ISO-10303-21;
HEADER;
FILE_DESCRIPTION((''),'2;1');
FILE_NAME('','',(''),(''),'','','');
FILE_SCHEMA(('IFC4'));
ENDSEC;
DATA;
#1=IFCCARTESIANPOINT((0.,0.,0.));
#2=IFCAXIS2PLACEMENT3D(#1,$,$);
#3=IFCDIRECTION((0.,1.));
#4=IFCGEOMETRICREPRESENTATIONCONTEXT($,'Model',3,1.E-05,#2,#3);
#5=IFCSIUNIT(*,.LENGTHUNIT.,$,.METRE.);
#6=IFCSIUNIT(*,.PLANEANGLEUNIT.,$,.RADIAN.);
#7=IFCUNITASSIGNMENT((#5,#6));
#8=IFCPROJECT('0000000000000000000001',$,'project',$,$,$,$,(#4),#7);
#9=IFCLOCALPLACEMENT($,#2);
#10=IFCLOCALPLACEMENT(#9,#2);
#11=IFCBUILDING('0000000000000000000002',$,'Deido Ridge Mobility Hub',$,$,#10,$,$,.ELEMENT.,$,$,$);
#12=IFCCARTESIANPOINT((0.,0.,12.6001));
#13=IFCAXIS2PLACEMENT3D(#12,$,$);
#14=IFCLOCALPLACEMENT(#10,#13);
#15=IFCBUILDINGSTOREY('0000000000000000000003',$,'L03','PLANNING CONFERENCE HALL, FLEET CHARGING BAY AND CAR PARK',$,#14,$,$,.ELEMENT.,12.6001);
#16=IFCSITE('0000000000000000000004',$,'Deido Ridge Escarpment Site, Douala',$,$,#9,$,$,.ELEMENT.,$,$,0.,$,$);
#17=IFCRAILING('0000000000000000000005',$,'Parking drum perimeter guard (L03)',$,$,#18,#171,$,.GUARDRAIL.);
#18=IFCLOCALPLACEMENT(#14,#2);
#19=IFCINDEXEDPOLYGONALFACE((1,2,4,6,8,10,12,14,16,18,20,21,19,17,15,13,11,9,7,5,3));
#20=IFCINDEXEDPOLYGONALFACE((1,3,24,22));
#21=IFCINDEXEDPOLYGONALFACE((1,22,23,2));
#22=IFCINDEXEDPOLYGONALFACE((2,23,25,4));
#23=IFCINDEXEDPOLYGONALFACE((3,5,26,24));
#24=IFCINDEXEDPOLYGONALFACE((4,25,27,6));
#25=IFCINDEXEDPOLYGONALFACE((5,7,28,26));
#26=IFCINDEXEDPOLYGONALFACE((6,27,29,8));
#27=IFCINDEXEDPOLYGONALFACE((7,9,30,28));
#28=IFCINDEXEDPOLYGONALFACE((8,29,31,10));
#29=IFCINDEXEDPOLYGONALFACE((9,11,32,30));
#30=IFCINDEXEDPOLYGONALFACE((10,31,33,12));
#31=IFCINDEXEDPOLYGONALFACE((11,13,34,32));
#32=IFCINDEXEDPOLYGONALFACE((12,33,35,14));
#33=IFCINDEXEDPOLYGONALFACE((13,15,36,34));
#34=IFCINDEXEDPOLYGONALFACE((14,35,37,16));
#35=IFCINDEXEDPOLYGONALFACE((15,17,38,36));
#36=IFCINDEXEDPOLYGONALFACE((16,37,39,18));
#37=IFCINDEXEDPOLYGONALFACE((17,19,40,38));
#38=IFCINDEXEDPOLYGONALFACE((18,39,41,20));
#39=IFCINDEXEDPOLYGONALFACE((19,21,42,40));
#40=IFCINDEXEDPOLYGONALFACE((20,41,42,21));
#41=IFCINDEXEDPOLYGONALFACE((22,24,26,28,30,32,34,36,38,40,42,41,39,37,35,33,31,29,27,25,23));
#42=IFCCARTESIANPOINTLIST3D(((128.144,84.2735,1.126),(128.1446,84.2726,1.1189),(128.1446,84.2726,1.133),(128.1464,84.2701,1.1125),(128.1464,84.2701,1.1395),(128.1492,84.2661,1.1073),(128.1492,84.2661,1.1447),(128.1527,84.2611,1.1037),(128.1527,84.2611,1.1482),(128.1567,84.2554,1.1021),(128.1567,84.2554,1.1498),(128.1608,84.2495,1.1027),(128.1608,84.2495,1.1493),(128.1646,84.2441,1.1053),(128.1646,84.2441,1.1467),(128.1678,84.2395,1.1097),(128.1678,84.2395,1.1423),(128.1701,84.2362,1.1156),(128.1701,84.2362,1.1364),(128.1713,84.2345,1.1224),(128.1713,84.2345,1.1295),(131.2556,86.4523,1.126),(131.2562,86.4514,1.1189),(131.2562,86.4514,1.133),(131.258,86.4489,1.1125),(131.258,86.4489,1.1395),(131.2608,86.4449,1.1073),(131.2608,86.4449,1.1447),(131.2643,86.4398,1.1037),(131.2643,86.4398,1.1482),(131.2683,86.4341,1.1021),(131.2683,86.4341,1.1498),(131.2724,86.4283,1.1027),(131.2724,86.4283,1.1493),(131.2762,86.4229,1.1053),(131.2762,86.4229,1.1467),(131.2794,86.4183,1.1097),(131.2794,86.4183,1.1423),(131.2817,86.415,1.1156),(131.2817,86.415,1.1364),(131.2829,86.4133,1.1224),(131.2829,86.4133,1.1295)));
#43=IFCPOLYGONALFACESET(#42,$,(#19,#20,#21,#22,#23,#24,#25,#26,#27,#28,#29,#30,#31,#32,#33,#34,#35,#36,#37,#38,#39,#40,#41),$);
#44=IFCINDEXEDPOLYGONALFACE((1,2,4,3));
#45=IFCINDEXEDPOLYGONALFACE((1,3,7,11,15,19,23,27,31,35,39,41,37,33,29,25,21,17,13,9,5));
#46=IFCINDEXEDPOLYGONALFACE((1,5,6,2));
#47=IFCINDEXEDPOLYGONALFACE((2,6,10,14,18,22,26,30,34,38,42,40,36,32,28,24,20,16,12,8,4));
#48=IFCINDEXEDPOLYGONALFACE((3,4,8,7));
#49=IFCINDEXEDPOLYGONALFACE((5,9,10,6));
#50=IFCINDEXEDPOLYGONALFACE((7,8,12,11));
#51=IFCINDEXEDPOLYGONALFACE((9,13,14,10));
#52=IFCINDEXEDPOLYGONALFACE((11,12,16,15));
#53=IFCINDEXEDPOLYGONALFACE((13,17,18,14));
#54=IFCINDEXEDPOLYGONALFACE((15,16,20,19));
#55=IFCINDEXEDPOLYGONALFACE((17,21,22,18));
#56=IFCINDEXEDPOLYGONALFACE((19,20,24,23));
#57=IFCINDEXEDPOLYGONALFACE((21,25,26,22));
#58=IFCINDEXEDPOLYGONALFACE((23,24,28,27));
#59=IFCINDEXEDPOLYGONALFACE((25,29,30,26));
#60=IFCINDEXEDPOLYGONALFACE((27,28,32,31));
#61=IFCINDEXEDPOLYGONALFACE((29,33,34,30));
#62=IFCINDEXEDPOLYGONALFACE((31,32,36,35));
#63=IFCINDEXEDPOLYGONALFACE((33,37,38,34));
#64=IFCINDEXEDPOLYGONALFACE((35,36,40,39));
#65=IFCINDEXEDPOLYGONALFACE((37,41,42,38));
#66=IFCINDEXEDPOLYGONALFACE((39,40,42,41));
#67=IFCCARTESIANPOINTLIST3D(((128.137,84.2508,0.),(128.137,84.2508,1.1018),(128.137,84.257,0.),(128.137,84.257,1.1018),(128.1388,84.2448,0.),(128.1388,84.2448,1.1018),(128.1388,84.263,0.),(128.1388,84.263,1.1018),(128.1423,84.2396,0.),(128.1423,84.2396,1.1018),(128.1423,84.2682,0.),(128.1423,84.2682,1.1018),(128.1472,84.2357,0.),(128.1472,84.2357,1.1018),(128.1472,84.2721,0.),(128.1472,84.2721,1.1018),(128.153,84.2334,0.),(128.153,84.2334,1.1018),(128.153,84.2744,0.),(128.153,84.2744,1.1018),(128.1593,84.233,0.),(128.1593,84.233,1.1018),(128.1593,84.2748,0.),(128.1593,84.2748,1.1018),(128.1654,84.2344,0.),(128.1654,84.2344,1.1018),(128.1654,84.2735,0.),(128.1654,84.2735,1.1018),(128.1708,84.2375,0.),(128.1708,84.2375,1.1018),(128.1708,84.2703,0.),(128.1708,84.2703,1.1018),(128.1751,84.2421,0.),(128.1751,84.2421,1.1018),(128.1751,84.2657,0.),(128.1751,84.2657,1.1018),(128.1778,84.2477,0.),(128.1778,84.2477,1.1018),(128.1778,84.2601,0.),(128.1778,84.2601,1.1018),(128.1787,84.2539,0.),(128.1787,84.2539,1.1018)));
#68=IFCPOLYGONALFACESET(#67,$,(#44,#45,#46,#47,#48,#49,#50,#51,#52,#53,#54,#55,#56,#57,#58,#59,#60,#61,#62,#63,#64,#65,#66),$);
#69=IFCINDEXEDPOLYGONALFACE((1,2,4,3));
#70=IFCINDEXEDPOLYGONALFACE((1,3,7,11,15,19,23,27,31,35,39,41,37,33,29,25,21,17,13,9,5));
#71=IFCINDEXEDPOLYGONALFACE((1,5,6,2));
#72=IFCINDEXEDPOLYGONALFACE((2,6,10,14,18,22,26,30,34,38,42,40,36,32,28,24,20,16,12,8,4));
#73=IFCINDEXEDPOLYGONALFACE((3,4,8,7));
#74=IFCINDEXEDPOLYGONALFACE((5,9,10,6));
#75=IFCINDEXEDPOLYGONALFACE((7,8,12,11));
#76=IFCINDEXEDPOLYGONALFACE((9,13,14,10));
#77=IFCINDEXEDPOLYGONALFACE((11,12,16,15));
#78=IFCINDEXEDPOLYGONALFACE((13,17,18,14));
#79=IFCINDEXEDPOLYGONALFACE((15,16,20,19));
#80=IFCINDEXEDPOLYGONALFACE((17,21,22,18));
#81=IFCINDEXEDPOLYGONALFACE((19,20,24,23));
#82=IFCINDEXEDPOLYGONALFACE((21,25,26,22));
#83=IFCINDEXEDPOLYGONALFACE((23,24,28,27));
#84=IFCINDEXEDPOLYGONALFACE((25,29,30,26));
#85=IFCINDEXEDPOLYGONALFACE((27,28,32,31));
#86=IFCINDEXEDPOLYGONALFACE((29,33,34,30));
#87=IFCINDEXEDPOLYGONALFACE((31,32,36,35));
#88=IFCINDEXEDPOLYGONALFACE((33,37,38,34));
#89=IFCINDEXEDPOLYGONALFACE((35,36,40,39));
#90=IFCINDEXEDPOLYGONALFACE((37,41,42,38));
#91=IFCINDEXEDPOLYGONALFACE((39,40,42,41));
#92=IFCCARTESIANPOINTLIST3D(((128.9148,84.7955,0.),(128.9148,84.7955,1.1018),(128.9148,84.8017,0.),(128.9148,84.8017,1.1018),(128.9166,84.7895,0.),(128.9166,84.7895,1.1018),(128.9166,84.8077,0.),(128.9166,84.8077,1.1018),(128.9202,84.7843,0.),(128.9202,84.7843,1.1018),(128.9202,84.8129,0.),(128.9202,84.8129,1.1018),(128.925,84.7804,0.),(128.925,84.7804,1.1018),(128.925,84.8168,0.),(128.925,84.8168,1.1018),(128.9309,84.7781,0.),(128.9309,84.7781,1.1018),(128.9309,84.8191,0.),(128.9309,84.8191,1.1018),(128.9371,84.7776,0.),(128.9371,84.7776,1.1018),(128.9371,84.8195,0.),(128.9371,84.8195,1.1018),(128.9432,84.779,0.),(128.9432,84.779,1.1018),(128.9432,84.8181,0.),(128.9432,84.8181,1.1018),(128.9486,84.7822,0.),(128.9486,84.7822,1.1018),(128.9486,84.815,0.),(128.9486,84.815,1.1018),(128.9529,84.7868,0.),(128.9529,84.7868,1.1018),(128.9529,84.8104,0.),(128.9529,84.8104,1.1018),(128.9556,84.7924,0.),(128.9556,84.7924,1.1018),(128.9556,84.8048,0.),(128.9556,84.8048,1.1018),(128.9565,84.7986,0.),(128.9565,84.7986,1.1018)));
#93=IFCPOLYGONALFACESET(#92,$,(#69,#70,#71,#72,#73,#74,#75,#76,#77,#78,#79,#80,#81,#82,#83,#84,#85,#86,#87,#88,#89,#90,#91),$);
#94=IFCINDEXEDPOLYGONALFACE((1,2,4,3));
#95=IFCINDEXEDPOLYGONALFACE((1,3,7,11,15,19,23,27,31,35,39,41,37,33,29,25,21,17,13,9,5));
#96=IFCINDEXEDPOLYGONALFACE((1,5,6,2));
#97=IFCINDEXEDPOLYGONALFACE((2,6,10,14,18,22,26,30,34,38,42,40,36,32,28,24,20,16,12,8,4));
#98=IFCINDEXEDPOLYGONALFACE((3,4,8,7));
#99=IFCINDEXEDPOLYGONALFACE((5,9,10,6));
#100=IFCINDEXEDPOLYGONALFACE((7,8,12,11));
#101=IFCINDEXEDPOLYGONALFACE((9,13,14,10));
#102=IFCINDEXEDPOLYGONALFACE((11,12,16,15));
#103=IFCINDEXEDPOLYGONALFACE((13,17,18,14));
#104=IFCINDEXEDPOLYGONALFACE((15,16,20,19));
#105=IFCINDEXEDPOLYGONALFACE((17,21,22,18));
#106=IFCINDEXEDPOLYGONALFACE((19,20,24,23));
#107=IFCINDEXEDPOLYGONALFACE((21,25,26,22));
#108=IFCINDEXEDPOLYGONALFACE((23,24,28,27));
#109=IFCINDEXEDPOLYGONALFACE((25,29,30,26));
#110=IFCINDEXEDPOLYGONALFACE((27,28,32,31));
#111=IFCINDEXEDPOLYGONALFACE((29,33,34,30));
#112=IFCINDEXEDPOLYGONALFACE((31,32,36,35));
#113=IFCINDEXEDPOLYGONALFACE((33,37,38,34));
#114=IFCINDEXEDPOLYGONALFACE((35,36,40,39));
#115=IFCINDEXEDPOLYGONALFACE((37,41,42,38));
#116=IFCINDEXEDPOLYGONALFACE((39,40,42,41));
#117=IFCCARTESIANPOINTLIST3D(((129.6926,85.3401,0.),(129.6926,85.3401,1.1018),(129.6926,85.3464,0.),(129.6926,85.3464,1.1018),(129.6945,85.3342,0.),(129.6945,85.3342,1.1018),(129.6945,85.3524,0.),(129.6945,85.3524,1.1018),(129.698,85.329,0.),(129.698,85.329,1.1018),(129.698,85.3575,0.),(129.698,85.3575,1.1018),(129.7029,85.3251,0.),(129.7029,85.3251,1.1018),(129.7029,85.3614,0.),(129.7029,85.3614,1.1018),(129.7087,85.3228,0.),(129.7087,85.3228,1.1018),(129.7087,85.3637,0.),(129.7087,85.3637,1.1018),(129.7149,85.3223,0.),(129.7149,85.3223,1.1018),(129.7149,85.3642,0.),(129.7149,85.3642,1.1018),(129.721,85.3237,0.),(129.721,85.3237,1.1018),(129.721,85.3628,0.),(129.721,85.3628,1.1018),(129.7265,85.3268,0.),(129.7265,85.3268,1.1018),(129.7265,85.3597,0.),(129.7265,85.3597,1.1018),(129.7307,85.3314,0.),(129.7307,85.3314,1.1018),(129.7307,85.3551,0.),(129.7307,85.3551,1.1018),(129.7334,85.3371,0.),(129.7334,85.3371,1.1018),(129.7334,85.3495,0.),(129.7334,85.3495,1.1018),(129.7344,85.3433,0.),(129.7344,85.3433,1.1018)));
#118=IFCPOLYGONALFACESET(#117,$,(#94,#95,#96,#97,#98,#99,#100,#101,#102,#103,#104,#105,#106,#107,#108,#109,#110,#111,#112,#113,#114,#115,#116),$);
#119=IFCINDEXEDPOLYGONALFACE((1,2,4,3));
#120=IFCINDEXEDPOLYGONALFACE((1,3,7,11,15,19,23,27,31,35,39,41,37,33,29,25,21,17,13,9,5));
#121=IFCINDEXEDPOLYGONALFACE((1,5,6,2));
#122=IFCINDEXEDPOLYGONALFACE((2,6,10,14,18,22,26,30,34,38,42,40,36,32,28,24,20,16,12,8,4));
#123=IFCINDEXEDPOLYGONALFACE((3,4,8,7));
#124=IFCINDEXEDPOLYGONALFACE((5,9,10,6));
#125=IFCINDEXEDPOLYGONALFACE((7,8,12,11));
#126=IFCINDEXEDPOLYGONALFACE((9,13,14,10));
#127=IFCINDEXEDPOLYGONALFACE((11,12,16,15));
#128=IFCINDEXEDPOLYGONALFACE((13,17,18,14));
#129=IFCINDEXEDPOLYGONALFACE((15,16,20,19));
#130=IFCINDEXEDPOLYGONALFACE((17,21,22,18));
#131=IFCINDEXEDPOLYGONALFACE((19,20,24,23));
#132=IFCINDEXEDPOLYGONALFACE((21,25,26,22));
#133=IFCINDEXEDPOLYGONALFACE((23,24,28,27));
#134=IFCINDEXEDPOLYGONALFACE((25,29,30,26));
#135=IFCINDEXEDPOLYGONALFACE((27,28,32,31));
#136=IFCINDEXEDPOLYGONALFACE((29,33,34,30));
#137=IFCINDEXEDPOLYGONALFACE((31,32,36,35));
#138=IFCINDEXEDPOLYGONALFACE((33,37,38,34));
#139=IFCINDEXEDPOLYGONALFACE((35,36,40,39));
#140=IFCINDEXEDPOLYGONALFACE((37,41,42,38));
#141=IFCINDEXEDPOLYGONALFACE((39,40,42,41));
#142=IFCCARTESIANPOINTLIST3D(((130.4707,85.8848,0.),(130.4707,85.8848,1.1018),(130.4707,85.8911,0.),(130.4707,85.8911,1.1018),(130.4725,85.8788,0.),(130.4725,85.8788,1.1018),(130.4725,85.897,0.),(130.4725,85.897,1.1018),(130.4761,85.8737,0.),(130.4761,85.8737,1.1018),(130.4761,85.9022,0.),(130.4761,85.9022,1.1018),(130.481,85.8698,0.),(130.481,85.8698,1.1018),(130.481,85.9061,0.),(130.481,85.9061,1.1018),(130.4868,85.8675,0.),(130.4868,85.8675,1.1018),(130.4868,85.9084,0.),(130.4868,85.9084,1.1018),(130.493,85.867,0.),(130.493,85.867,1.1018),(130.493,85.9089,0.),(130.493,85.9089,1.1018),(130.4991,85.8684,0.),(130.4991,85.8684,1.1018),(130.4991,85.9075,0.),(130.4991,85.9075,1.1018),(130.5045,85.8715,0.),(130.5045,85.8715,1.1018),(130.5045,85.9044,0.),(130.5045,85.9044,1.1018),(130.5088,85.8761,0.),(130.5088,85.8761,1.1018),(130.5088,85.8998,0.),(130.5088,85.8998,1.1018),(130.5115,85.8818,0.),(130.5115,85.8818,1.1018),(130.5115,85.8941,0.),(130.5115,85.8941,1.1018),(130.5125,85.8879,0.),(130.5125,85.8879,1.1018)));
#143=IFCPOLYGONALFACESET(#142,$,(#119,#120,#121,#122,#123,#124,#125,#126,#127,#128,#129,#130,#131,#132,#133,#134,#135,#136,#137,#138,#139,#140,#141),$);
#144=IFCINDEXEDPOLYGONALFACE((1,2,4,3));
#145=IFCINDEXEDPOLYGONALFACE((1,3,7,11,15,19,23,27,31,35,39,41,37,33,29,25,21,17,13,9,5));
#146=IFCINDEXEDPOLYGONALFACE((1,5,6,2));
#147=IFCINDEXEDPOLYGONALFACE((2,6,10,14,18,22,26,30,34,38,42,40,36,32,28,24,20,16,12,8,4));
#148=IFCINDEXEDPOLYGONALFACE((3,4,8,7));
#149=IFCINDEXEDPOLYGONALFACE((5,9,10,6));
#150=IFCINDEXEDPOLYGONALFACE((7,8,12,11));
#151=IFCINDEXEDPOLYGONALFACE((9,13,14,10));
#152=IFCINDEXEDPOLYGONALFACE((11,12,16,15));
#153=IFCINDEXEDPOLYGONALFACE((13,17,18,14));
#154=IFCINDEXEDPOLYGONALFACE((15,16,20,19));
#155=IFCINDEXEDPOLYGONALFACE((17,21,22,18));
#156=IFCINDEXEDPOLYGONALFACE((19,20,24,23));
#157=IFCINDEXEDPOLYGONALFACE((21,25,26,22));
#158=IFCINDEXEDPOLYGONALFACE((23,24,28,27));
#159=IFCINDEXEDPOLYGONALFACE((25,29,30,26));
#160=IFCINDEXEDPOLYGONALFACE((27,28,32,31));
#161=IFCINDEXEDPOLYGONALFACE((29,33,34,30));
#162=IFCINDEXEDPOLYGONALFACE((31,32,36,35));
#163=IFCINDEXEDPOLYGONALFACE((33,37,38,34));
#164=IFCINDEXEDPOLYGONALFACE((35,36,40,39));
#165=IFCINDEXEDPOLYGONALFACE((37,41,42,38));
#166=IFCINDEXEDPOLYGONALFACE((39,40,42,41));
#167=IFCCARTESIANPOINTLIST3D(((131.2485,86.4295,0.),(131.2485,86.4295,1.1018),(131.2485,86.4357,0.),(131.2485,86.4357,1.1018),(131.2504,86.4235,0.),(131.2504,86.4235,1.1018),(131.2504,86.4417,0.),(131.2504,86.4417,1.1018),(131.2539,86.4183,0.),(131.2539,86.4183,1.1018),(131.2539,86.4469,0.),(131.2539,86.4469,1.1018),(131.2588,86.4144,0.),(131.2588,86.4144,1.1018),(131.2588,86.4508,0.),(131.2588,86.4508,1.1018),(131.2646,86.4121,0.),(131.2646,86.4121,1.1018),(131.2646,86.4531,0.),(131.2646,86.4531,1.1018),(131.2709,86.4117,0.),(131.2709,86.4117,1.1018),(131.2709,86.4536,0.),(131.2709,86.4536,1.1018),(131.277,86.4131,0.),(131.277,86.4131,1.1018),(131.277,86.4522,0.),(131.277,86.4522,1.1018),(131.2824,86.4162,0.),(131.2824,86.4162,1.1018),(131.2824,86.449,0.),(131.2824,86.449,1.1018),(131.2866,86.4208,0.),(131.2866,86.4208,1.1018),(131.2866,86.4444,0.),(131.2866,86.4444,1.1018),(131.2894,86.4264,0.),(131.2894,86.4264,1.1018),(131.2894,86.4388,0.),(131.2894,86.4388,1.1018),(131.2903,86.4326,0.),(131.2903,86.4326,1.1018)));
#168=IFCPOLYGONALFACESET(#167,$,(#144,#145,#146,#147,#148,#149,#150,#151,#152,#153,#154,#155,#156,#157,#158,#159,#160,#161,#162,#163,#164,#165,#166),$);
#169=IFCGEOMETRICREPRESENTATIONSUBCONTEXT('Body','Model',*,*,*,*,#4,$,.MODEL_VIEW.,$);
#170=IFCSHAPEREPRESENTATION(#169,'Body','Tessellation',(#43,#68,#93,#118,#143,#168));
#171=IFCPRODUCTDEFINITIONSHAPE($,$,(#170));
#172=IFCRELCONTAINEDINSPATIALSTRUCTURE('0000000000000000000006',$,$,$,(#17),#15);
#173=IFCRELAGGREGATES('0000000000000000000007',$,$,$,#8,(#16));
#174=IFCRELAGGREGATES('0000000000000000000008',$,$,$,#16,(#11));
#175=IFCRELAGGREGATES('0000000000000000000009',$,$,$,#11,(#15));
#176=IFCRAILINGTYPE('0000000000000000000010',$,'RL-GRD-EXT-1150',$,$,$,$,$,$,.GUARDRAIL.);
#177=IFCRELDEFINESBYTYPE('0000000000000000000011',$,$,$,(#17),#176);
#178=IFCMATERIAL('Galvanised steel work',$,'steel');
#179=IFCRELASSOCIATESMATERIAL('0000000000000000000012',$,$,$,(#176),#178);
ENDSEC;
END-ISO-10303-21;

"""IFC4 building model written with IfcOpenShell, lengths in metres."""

from ifc_helpers import new_model, si_unit, direction, frame, origin, origin_2d, place, context, subcontext, project, spatial, circle, extrude, material, type_object, element, save


model = new_model("IFC4")

# Units and contexts
model_context = context("Model", 3, precision=1e-05, world=origin(), true_north=direction((0.0, 1.0)))
body_context = subcontext(model_context, "Body", "Model", "MODEL_VIEW")
ifc_project = project(units=[si_unit("LENGTHUNIT", "METRE"), si_unit("PLANEANGLEUNIT", "RADIAN")], contexts=[model_context])

# Site, building, storey
site_placement = place(None, origin())
site = spatial("IfcSite", under=ifc_project, at=site_placement, Name="Deido Ridge Escarpment Site, Douala", CompositionType="ELEMENT", RefElevation=0.0)
building_placement = place(site_placement, origin())
building = spatial("IfcBuilding", under=site, at=building_placement, Name="Deido Ridge Mobility Hub", CompositionType="ELEMENT")
storey_placement = place(building_placement, frame((0.0, 0.0, 12.6001)))
storey = spatial("IfcBuildingStorey", under=building, at=storey_placement, Name="L03", Description="PLANNING CONFERENCE HALL, FLEET CHARGING BAY AND CAR PARK", CompositionType="ELEMENT", Elevation=12.6001)

# Railing
ifc_material_1 = material(Name="Galvanised steel work", Category="steel")
railing_type = type_object("IfcRailingType", Name="RL-GRD-EXT-1150", PredefinedType="GUARDRAIL", material=ifc_material_1)
railing_1_placement = place(storey_placement, frame((128.1577, 84.2539, 0.0)))
element("IfcRailing", 1, at=railing_1_placement, inside=storey, type_object=railing_type, Name="Parking drum perimeter guard (L03)", PredefinedType="GUARDRAIL", context=body_context, shape_type="SweptSolid", body=[
    extrude(circle(Radius=0.0239, at=origin_2d()), frame((0.0, 0.0, 1.126), z_axis=(0.819156, 0.57357, 0.0), x_axis=(-0.57357, 0.819156, 0.0)), (0.0, 0.0, 1.0), 3.7986),
    extrude(circle(Radius=0.021, at=origin_2d()), origin(), (0.0, 0.0, 1.0), 1.1018),
    extrude(circle(Radius=0.021, at=origin_2d()), frame((0.7778, 0.5447, 0.0)), (0.0, 0.0, 1.0), 1.1018),
    extrude(circle(Radius=0.021, at=origin_2d()), frame((1.5557, 1.0894, 0.0)), (0.0, 0.0, 1.0), 1.1018),
    extrude(circle(Radius=0.021, at=origin_2d()), frame((2.3337, 1.634, 0.0)), (0.0, 0.0, 1.0), 1.1018),
    extrude(circle(Radius=0.021, at=origin_2d()), frame((3.1116, 2.1787, 0.0)), (0.0, 0.0, 1.0), 1.1018),
])

save(model, "model.ifc")
